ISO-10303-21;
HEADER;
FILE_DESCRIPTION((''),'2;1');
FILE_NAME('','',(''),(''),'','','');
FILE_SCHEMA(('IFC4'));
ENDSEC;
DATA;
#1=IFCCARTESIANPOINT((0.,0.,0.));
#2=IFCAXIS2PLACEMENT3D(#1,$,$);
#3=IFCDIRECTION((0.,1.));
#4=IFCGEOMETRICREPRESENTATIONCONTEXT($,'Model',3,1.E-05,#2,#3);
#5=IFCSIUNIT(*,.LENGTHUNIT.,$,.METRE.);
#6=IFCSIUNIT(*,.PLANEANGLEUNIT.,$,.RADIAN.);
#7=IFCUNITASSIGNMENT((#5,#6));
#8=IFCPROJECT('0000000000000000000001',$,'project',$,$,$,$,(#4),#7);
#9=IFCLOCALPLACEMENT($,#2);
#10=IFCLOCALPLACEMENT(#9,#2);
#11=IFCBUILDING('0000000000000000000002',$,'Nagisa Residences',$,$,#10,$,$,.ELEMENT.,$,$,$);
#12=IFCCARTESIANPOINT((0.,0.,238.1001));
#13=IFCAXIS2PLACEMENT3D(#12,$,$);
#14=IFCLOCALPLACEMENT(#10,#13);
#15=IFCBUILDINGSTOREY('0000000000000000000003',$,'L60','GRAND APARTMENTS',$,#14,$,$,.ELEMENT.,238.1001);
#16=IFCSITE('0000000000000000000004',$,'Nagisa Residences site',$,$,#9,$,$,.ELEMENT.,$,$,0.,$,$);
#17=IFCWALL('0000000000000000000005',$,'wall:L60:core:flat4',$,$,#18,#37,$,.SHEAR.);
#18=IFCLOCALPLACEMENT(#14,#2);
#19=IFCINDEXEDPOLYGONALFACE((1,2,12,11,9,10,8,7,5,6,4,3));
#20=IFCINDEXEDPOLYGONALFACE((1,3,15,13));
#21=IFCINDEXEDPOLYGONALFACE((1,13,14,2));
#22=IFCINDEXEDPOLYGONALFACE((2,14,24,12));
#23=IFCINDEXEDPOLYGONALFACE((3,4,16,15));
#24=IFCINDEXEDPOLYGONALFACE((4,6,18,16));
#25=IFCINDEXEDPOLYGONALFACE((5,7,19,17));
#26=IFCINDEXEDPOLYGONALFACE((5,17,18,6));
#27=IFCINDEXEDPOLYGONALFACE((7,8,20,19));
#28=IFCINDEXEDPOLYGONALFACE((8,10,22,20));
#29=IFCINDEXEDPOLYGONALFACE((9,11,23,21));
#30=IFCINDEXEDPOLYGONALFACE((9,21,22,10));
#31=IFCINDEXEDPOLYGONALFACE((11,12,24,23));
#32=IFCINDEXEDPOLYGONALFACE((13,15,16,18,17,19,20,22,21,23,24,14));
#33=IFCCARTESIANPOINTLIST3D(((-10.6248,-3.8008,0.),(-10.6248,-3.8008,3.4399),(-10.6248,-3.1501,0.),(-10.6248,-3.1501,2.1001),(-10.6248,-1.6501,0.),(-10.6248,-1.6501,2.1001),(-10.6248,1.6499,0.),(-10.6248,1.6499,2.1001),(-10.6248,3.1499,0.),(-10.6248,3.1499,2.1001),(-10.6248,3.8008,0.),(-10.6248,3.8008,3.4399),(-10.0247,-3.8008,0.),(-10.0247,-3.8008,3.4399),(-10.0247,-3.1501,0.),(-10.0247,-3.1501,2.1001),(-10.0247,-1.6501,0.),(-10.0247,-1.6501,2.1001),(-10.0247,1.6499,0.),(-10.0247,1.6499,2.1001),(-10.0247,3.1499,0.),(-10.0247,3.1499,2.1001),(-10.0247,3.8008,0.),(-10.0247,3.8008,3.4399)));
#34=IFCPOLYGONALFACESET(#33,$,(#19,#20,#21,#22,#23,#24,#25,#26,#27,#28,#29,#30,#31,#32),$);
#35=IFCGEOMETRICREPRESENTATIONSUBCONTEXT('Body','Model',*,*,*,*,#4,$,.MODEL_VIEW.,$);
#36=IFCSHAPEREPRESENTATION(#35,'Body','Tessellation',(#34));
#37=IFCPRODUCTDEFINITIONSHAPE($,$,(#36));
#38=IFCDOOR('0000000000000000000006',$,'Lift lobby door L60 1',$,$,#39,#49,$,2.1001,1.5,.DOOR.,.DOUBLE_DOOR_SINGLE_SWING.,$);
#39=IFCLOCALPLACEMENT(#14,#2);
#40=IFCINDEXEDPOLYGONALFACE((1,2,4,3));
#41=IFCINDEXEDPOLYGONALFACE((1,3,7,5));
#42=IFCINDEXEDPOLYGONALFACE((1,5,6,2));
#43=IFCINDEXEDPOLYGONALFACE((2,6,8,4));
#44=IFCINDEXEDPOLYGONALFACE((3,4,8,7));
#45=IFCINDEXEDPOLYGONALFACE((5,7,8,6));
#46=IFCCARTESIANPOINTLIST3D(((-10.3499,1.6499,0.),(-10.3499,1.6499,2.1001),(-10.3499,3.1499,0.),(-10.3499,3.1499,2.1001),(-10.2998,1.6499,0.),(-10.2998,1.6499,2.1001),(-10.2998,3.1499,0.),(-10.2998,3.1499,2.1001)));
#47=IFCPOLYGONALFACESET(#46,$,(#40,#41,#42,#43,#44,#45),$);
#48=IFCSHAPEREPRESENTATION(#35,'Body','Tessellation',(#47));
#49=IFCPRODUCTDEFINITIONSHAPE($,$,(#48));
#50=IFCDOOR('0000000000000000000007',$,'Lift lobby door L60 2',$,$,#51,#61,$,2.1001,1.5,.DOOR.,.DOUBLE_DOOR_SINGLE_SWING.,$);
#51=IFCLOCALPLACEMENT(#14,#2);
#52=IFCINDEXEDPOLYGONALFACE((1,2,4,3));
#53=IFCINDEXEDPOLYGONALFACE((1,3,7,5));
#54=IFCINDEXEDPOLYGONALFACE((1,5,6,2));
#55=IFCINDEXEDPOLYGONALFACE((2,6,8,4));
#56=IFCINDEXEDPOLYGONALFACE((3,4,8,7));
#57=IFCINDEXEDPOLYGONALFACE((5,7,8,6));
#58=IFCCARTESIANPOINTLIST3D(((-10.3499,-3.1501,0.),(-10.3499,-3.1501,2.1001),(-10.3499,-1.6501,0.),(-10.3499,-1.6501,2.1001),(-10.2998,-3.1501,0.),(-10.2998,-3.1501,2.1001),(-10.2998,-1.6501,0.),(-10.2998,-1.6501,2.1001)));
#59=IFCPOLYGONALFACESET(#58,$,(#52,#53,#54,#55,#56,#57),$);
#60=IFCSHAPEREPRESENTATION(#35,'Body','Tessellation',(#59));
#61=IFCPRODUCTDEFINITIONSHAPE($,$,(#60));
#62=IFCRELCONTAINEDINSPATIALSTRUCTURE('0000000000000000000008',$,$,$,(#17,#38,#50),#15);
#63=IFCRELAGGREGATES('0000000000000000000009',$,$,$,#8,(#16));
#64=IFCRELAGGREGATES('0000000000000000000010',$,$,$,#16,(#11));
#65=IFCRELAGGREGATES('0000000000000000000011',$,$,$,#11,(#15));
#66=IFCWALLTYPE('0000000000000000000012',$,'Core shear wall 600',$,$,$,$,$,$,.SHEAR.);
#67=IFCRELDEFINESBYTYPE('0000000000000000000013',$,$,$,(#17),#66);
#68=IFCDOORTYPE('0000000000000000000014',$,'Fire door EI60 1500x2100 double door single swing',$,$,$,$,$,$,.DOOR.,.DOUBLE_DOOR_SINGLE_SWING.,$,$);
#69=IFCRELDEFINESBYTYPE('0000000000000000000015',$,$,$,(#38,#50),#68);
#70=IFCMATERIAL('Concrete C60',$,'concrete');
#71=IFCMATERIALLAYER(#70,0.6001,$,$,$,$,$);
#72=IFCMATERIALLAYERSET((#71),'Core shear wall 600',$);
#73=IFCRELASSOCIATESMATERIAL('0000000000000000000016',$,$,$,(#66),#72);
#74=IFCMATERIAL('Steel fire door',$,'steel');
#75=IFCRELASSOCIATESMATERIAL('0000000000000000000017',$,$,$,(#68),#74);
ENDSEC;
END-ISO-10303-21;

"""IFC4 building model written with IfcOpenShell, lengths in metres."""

from ifc_helpers import new_model, si_unit, direction, frame, frame_2d, origin, place, context, subcontext, project, spatial, rectangle, extrude, material, layer, layer_set, type_object, element, fill, save


model = new_model("IFC4")

# Units and contexts
model_context = context("Model", 3, precision=1e-05, world=origin(), true_north=direction((0.0, 1.0)))
body_context = subcontext(model_context, "Body", "Model", "MODEL_VIEW")
ifc_project = project(units=[si_unit("LENGTHUNIT", "METRE"), si_unit("PLANEANGLEUNIT", "RADIAN")], contexts=[model_context])

# Site, building, storey
site_placement = place(None, origin())
site = spatial("IfcSite", under=ifc_project, at=site_placement, Name="Nagisa Residences site", CompositionType="ELEMENT", RefElevation=0.0)
building_placement = place(site_placement, origin())
building = spatial("IfcBuilding", under=site, at=building_placement, Name="Nagisa Residences", CompositionType="ELEMENT")
storey_placement = place(building_placement, frame((0.0, 0.0, 238.1001)))
storey = spatial("IfcBuildingStorey", under=building, at=storey_placement, Name="L60", Description="GRAND APARTMENTS", CompositionType="ELEMENT", Elevation=238.1001)

# Wall, openings, doors
ifc_material_1 = material(Name="Concrete C60", Category="concrete")
ifc_layer_1 = layer(ifc_material_1, 0.6001)
ifc_layer_set_1 = layer_set([ifc_layer_1], Name="Core shear wall 600")
wall_type_1 = type_object("IfcWallType", Name="Core shear wall 600", PredefinedType="SHEAR", material=ifc_layer_set_1)
wall_1_placement = place(storey_placement, frame((-10.3247, 3.8008, 0.0), z_axis=(0.0, 0.0, 1.0), x_axis=(0.0, -1.0, 0.0)))
wall_1 = element("IfcWall", 1, at=wall_1_placement, inside=storey, type_object=wall_type_1, Name="wall:L60:core:flat4", PredefinedType="SHEAR", context=body_context, shape_type="SweptSolid", body=[
    extrude(rectangle(XDim=7.6016, YDim=0.6001, at=frame_2d((3.8008, 0.0))), origin(), (0.0, 0.0, 1.0), 3.4399),
])
opening_1_placement = place(wall_1_placement, frame((0.6509, 0.0, 0.0)))
opening_1 = element("IfcOpeningElement", 2, at=opening_1_placement, cuts=wall_1, PredefinedType="OPENING", context=body_context, shape_type="SweptSolid", body=[
    extrude(rectangle(XDim=1.5, YDim=2.1001, at=frame_2d((0.75, 1.05))), frame((0.0, 0.3101, 0.0), z_axis=(0.0, -1.0, 0.0), x_axis=(1.0, 0.0, 0.0)), (0.0, 0.0, 1.0), 0.6201),
])
opening_2_placement = place(wall_1_placement, frame((5.4509, 0.0, 0.0)))
opening_2 = element("IfcOpeningElement", 3, at=opening_2_placement, cuts=wall_1, PredefinedType="OPENING", context=body_context, shape_type="SweptSolid", body=[
    extrude(rectangle(XDim=1.5, YDim=2.1001, at=frame_2d((0.75, 1.05))), frame((0.0, 0.3101, 0.0), z_axis=(0.0, -1.0, 0.0), x_axis=(1.0, 0.0, 0.0)), (0.0, 0.0, 1.0), 0.6201),
])
ifc_material_2 = material(Name="Steel fire door", Category="steel")
door_type_1 = type_object("IfcDoorType", Name="Fire door EI60 1500x2100 double door single swing", OperationType="DOUBLE_DOOR_SINGLE_SWING", PredefinedType="DOOR", material=ifc_material_2)
door_1_placement = place(opening_1_placement, origin())
door_1 = element("IfcDoor", 4, at=door_1_placement, inside=storey, type_object=door_type_1, Name="Lift lobby door L60 1", OperationType="DOUBLE_DOOR_SINGLE_SWING", OverallHeight=2.1001, OverallWidth=1.5, PredefinedType="DOOR", context=body_context, shape_type="SweptSolid", body=[
    extrude(rectangle(XDim=1.5, YDim=2.1001, at=frame_2d((0.75, 1.05))), frame((0.0, 0.0249, 0.0), z_axis=(0.0, -1.0, 0.0), x_axis=(1.0, 0.0, 0.0)), (0.0, 0.0, 1.0), 0.05),
])
fill(opening_1, door_1)
door_2_placement = place(opening_2_placement, origin())
door_2 = element("IfcDoor", 5, at=door_2_placement, inside=storey, type_object=door_type_1, Name="Lift lobby door L60 2", OperationType="DOUBLE_DOOR_SINGLE_SWING", OverallHeight=2.1001, OverallWidth=1.5, PredefinedType="DOOR", context=body_context, shape_type="SweptSolid", body=[
    extrude(rectangle(XDim=1.5, YDim=2.1001, at=frame_2d((0.75, 1.05))), frame((0.0, 0.0249, 0.0), z_axis=(0.0, -1.0, 0.0), x_axis=(1.0, 0.0, 0.0)), (0.0, 0.0, 1.0), 0.05),
])
fill(opening_2, door_2)

save(model, "model.ifc")
